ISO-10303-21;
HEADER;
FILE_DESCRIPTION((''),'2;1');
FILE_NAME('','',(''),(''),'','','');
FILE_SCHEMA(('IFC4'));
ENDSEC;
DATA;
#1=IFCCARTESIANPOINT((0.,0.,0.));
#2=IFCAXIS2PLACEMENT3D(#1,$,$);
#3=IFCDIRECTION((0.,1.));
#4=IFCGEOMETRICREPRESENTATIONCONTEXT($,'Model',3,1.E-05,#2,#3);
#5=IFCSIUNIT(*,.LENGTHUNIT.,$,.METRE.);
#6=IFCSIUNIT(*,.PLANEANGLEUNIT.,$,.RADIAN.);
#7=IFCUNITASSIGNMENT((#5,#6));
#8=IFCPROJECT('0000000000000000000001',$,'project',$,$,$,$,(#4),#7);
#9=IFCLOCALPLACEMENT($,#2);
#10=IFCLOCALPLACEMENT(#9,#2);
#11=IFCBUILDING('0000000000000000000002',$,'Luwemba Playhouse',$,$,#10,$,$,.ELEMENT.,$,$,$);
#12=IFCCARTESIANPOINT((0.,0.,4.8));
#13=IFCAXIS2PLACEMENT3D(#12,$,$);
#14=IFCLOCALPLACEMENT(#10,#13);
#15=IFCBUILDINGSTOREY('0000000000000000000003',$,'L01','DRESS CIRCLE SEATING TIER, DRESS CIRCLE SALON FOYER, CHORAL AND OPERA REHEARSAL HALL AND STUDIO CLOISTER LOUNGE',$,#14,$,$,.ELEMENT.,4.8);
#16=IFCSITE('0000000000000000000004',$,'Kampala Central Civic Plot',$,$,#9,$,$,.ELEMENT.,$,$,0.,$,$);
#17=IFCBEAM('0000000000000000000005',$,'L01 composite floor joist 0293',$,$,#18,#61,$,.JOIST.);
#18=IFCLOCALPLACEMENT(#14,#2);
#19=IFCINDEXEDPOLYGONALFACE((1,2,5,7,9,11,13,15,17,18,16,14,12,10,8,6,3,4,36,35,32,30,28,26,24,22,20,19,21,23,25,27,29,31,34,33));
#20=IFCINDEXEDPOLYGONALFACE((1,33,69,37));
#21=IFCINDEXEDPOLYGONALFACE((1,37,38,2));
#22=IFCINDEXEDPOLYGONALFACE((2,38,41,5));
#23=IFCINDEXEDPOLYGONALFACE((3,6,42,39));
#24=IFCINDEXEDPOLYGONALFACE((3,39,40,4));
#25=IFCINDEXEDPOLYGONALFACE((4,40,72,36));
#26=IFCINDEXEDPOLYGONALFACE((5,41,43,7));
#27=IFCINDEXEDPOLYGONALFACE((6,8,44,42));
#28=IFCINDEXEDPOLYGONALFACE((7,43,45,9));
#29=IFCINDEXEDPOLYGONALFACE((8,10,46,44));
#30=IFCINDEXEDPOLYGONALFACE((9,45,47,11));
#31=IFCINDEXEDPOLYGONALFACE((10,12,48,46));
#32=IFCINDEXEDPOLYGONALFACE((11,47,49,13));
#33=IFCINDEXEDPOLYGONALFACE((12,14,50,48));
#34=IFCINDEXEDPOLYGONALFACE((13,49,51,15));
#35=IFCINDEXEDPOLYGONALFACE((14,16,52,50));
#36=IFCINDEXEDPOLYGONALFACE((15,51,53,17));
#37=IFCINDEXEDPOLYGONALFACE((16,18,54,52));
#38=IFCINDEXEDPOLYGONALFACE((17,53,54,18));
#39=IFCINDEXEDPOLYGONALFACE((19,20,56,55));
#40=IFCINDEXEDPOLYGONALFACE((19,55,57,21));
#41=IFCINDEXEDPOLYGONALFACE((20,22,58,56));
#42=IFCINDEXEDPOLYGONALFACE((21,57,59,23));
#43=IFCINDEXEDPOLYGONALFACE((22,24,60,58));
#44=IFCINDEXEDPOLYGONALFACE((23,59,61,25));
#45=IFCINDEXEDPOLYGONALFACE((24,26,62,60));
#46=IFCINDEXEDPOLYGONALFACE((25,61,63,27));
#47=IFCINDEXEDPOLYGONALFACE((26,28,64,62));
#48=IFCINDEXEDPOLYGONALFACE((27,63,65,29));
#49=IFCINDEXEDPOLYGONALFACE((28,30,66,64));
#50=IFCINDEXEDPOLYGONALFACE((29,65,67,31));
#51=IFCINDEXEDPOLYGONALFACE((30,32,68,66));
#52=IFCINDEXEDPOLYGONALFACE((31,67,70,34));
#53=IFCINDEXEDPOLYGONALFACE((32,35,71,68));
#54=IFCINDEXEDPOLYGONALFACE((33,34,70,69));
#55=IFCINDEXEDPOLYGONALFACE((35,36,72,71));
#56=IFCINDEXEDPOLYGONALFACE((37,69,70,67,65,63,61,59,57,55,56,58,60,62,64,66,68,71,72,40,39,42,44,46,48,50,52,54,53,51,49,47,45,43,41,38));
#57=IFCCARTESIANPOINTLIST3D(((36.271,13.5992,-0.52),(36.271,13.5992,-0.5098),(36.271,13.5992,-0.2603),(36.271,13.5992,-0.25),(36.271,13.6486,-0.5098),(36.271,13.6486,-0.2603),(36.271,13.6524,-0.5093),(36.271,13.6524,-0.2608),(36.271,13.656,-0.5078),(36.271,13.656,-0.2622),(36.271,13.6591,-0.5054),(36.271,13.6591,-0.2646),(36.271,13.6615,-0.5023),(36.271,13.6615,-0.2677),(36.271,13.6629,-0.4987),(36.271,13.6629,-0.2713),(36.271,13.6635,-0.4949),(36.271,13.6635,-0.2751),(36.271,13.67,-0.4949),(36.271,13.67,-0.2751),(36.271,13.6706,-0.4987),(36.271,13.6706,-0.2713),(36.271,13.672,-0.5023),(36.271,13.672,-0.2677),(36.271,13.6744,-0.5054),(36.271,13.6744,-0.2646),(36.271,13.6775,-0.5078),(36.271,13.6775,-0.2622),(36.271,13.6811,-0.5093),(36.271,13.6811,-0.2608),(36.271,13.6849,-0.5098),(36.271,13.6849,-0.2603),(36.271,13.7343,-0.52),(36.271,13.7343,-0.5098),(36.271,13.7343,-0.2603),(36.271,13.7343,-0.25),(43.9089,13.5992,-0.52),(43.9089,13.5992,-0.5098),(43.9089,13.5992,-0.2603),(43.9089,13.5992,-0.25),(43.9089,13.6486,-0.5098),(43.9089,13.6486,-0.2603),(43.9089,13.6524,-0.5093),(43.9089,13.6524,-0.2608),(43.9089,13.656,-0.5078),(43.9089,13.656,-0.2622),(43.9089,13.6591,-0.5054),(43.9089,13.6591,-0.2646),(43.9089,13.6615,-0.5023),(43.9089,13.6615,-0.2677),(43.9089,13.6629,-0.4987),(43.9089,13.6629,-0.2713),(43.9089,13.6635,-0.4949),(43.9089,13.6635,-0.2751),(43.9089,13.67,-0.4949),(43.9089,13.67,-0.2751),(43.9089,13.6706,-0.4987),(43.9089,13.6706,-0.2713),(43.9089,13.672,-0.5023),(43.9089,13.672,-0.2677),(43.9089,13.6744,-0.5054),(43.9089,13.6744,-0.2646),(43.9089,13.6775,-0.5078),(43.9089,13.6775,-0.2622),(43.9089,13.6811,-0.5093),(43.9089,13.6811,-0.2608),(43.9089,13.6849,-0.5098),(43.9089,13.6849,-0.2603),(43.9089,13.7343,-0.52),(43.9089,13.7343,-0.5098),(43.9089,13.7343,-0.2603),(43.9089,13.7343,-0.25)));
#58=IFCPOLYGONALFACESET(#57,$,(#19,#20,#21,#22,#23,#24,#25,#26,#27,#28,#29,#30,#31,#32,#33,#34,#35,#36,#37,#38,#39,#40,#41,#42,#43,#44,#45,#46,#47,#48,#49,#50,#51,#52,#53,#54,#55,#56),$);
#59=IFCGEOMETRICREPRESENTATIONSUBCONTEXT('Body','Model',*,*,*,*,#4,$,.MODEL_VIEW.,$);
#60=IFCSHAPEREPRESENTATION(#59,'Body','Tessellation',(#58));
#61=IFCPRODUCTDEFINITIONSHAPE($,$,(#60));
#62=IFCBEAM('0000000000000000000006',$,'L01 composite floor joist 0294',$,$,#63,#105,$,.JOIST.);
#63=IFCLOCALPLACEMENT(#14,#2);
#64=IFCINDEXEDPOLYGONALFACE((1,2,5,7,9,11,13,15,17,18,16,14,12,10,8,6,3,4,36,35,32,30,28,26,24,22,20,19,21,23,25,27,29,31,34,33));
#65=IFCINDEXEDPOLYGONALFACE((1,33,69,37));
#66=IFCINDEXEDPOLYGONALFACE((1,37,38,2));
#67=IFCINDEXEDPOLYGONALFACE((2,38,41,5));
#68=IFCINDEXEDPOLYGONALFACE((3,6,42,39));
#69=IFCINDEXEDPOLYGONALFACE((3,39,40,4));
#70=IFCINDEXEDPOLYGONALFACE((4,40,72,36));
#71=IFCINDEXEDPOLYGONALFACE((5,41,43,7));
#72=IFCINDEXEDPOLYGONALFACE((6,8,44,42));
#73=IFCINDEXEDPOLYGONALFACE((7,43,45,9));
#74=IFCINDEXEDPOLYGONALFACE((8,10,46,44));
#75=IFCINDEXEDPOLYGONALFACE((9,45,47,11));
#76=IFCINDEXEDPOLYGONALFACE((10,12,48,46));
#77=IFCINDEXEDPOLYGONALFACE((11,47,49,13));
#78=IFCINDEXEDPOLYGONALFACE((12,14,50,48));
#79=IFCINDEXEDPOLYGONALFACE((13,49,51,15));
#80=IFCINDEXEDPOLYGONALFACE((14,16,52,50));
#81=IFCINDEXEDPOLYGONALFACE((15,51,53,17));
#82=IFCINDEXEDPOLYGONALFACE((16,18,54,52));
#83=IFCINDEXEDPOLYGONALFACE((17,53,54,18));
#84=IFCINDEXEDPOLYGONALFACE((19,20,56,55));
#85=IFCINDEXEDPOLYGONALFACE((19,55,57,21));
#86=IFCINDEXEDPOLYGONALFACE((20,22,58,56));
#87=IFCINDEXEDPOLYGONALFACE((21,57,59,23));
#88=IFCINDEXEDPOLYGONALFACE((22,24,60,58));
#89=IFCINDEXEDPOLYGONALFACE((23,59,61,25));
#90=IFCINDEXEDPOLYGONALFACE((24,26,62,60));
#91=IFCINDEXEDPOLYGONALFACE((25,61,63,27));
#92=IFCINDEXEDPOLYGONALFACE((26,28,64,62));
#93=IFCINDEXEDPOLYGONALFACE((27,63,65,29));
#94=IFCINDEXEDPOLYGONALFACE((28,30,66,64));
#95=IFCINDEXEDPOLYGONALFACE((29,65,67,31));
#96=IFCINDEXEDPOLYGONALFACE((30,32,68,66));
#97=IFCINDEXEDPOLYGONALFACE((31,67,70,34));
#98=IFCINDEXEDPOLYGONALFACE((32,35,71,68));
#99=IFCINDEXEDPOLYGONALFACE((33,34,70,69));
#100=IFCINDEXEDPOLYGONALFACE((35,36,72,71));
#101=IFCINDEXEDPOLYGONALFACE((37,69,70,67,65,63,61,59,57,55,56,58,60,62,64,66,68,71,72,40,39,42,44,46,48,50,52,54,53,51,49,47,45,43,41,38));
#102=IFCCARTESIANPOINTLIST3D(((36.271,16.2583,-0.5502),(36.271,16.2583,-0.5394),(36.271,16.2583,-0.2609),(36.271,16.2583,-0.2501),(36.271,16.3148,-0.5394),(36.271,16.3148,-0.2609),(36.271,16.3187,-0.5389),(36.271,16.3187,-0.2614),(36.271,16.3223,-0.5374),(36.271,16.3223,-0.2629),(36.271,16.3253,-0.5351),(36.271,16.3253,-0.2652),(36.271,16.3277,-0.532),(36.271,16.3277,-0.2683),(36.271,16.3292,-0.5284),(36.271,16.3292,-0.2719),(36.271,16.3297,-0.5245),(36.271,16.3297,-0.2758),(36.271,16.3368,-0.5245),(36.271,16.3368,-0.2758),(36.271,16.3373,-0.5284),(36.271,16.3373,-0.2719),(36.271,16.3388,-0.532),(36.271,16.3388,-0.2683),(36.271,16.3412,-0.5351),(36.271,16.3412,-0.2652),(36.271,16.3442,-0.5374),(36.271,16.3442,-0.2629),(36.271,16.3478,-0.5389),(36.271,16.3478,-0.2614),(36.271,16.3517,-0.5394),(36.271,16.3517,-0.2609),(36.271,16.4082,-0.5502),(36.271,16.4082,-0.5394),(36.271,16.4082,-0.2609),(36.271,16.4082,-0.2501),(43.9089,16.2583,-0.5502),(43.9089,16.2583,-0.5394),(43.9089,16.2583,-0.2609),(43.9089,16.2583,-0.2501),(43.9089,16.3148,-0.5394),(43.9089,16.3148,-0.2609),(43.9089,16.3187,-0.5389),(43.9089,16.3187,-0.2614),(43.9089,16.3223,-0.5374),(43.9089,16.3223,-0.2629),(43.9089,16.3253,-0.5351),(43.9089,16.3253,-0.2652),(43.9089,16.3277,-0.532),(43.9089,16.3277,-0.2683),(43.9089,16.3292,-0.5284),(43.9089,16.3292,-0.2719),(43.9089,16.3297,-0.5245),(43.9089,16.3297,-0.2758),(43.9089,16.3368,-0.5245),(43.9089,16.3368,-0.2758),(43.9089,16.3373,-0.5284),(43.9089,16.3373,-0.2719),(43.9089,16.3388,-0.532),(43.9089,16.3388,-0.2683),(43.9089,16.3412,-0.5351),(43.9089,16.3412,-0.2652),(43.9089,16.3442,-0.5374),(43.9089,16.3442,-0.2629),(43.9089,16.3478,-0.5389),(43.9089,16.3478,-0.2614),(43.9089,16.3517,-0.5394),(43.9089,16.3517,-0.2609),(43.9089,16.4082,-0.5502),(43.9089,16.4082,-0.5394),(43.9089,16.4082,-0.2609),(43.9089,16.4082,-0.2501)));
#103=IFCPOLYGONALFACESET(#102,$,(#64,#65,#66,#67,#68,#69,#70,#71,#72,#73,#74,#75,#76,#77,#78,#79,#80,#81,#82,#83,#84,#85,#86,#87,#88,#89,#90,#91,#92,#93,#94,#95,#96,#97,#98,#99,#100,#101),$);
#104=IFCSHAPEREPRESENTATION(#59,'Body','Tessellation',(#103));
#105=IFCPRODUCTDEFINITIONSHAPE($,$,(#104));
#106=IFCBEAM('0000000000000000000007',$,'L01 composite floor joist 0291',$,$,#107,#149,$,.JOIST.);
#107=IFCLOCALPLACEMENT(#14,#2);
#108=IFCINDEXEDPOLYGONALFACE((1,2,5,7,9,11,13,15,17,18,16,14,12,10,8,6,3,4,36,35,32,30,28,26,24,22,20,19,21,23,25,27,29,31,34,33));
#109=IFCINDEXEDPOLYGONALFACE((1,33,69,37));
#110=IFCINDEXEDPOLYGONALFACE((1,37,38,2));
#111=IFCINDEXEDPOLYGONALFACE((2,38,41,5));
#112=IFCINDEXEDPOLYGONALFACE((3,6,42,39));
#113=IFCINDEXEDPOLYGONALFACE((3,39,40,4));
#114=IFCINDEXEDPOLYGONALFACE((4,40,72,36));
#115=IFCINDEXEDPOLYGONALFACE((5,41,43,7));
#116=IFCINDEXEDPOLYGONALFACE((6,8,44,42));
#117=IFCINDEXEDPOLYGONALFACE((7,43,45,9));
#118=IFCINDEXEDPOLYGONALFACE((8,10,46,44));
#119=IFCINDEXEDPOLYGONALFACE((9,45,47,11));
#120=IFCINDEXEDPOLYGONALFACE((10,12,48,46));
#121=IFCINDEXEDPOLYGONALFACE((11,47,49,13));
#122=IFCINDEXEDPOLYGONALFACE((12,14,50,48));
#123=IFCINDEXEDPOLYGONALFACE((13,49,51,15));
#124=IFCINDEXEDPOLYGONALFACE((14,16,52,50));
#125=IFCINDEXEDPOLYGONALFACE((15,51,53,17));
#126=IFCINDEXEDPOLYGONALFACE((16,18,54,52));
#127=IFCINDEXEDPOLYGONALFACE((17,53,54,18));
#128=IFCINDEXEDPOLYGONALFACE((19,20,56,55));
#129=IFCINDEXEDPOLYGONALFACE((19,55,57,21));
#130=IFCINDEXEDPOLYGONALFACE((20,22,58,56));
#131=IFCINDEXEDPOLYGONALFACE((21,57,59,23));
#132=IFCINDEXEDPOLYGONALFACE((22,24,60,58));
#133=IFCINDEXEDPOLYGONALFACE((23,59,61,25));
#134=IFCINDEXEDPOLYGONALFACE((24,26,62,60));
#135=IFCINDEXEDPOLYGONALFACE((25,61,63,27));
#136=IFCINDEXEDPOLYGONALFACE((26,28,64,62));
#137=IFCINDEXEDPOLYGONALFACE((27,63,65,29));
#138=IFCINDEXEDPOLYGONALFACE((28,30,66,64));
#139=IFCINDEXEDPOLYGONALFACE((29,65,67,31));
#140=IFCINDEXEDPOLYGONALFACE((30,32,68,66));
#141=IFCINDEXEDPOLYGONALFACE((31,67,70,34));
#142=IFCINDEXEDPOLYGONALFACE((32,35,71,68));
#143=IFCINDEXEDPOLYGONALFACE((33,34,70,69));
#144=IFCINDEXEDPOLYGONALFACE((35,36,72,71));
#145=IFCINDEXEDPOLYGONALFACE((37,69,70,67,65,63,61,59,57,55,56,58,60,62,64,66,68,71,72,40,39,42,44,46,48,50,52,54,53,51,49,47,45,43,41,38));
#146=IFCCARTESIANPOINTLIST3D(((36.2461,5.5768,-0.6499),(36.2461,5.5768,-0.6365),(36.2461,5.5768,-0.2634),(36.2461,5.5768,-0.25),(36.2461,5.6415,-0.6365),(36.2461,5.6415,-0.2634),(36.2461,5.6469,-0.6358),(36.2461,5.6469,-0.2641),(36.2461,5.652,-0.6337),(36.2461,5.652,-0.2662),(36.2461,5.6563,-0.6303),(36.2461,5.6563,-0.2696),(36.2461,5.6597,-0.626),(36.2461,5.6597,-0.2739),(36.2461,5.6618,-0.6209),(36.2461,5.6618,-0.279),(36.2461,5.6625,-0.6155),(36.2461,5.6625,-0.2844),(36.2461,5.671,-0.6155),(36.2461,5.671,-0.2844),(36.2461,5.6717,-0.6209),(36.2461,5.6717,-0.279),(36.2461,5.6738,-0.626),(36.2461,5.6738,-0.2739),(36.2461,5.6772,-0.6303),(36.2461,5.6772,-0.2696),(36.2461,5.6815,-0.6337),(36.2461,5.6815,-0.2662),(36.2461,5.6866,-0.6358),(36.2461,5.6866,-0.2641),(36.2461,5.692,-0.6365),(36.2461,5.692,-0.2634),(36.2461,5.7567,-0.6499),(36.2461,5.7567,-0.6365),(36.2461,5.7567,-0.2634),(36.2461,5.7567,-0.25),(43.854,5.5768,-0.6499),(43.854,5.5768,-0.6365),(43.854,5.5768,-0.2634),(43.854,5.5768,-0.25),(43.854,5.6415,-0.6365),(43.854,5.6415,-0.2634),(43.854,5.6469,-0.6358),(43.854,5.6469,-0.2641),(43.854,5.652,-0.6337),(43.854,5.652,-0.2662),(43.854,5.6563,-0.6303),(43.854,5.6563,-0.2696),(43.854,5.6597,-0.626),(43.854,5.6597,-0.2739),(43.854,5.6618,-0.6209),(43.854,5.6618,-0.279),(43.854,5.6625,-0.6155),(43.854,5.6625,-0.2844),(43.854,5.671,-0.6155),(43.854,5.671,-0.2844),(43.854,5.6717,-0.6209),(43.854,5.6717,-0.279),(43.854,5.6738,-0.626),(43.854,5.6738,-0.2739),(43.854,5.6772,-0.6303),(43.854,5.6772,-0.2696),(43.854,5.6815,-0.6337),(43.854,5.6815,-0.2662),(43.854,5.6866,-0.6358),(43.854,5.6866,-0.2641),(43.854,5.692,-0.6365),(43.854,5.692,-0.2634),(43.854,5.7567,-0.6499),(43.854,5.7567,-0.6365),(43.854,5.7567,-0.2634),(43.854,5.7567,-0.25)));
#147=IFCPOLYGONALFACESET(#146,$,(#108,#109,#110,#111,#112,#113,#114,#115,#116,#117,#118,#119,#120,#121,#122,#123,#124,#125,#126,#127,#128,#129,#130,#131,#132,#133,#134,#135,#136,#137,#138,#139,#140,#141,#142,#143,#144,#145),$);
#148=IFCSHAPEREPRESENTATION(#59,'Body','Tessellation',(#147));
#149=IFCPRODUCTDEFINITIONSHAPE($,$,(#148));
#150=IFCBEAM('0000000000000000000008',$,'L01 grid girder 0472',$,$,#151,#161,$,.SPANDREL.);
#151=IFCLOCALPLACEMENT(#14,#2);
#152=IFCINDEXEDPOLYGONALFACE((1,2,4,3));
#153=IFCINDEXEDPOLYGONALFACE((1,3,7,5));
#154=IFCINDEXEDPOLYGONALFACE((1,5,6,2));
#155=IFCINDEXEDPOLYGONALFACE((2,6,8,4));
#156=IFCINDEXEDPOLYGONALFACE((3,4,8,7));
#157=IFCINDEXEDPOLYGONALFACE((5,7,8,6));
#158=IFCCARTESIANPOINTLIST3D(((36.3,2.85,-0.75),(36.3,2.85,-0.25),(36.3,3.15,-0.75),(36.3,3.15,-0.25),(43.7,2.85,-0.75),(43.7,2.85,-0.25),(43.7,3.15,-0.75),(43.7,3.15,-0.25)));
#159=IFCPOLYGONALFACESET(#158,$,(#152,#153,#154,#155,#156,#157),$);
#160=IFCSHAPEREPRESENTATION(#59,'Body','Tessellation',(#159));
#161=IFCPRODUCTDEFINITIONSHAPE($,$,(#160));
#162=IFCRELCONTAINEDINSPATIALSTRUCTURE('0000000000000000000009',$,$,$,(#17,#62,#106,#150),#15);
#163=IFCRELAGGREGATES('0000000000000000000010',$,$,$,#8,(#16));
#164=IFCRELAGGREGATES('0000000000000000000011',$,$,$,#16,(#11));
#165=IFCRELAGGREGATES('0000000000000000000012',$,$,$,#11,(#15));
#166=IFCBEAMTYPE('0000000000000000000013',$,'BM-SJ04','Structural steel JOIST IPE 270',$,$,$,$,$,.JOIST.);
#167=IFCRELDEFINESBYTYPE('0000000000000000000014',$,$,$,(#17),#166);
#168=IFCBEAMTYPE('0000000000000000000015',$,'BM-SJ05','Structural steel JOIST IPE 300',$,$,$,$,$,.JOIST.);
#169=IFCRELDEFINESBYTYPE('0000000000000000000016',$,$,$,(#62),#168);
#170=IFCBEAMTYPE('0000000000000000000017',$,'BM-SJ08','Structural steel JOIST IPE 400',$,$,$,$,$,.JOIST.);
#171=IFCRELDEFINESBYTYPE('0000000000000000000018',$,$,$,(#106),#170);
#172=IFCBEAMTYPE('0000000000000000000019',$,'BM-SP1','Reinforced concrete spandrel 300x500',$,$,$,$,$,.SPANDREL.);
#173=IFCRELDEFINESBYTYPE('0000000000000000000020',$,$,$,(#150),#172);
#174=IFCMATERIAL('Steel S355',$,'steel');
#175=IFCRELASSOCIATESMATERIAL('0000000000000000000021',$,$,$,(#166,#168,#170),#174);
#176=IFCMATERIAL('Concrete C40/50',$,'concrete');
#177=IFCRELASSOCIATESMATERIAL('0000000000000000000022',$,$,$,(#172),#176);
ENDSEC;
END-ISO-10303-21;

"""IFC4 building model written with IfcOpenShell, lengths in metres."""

from ifc_helpers import new_model, si_unit, direction, frame, origin, origin_2d, place, context, subcontext, project, spatial, rectangle, i_section, extrude, material, material_profile, profile_set, type_object, element, save


model = new_model("IFC4")

# Units and contexts
model_context = context("Model", 3, precision=1e-05, world=origin(), true_north=direction((0.0, 1.0)))
body_context = subcontext(model_context, "Body", "Model", "MODEL_VIEW")
ifc_project = project(units=[si_unit("LENGTHUNIT", "METRE"), si_unit("PLANEANGLEUNIT", "RADIAN")], contexts=[model_context])

# Site, building, storey
site_placement = place(None, origin())
site = spatial("IfcSite", under=ifc_project, at=site_placement, Name="Kampala Central Civic Plot", CompositionType="ELEMENT", RefElevation=0.0)
building_placement = place(site_placement, origin())
building = spatial("IfcBuilding", under=site, at=building_placement, Name="Luwemba Playhouse", CompositionType="ELEMENT")
storey_placement = place(building_placement, frame((0.0, 0.0, 4.8)))
storey = spatial("IfcBuildingStorey", under=building, at=storey_placement, Name="L01", Description="DRESS CIRCLE SEATING TIER, DRESS CIRCLE SALON FOYER, CHORAL AND OPERA REHEARSAL HALL AND STUDIO CLOISTER LOUNGE", CompositionType="ELEMENT", Elevation=4.8)

# Shared definitions
ifc_material_1 = material(Name="Concrete C40/50", Category="concrete")

# Beams
ifc_material_2 = material(Name="Steel S355", Category="steel")
ifc_material_profile_1 = material_profile(ifc_material_2, i_section(OverallWidth=0.135, OverallDepth=0.27, WebThickness=0.0066, FlangeThickness=0.0103, FilletRadius=0.0149, at=origin_2d()))
ifc_profile_set_1 = profile_set([ifc_material_profile_1], Name="Steel S355")
beam_type_1 = type_object("IfcBeamType", Name="BM-SJ04", Description="Structural steel JOIST IPE 270", PredefinedType="JOIST", material=ifc_profile_set_1)
beam_1_placement = place(storey_placement, frame((36.271, 13.6667, -0.385), z_axis=(1.0, 0.0, 0.0), x_axis=(0.0, 1.0, 0.0)))
element("IfcBeam", 1, at=beam_1_placement, inside=storey, type_object=beam_type_1, Name="L01 composite floor joist 0293", PredefinedType="JOIST", context=body_context, shape_type="SweptSolid", body=[
    extrude(i_section(OverallWidth=0.135, OverallDepth=0.27, WebThickness=0.0066, FlangeThickness=0.0103, FilletRadius=0.0149, at=origin_2d()), origin(), (0.0, 0.0, 1.0), 7.6379),
])
ifc_material_profile_2 = material_profile(ifc_material_2, i_section(OverallWidth=0.1499, OverallDepth=0.3, WebThickness=0.0071, FlangeThickness=0.0107, FilletRadius=0.0149, at=origin_2d()))
ifc_profile_set_2 = profile_set([ifc_material_profile_2], Name="Steel S355")
beam_type_2 = type_object("IfcBeamType", Name="BM-SJ05", Description="Structural steel JOIST IPE 300", PredefinedType="JOIST", material=ifc_profile_set_2)
beam_2_placement = place(storey_placement, frame((36.271, 16.3333, -0.4001), z_axis=(1.0, 0.0, 0.0), x_axis=(0.0, 1.0, 0.0)))
element("IfcBeam", 2, at=beam_2_placement, inside=storey, type_object=beam_type_2, Name="L01 composite floor joist 0294", PredefinedType="JOIST", context=body_context, shape_type="SweptSolid", body=[
    extrude(i_section(OverallWidth=0.1499, OverallDepth=0.3, WebThickness=0.0071, FlangeThickness=0.0107, FilletRadius=0.0149, at=origin_2d()), origin(), (0.0, 0.0, 1.0), 7.6379),
])
ifc_material_profile_3 = material_profile(ifc_material_2, i_section(OverallWidth=0.1799, OverallDepth=0.3999, WebThickness=0.0085, FlangeThickness=0.0134, FilletRadius=0.021, at=origin_2d()))
ifc_profile_set_3 = profile_set([ifc_material_profile_3], Name="Steel S355")
beam_type_3 = type_object("IfcBeamType", Name="BM-SJ08", Description="Structural steel JOIST IPE 400", PredefinedType="JOIST", material=ifc_profile_set_3)
beam_3_placement = place(storey_placement, frame((36.2461, 5.6667, -0.45), z_axis=(1.0, 0.0, 0.0), x_axis=(0.0, 1.0, 0.0)))
element("IfcBeam", 3, at=beam_3_placement, inside=storey, type_object=beam_type_3, Name="L01 composite floor joist 0291", PredefinedType="JOIST", context=body_context, shape_type="SweptSolid", body=[
    extrude(i_section(OverallWidth=0.1799, OverallDepth=0.3999, WebThickness=0.0085, FlangeThickness=0.0134, FilletRadius=0.021, at=origin_2d()), origin(), (0.0, 0.0, 1.0), 7.6079),
])
ifc_material_profile_4 = material_profile(ifc_material_1, rectangle(XDim=0.3, YDim=0.5, at=origin_2d()))
ifc_profile_set_4 = profile_set([ifc_material_profile_4], Name="Concrete C40/50")
beam_type_4 = type_object("IfcBeamType", Name="BM-SP1", Description="Reinforced concrete spandrel 300x500", PredefinedType="SPANDREL", material=ifc_profile_set_4)
beam_4_placement = place(storey_placement, frame((36.3, 3.0, -0.5), z_axis=(1.0, 0.0, 0.0), x_axis=(0.0, 1.0, 0.0)))
element("IfcBeam", 4, at=beam_4_placement, inside=storey, type_object=beam_type_4, Name="L01 grid girder 0472", PredefinedType="SPANDREL", context=body_context, shape_type="SweptSolid", body=[
    extrude(rectangle(XDim=0.3, YDim=0.5, at=origin_2d()), origin(), (0.0, 0.0, 1.0), 7.3999),
])

save(model, "model.ifc")
